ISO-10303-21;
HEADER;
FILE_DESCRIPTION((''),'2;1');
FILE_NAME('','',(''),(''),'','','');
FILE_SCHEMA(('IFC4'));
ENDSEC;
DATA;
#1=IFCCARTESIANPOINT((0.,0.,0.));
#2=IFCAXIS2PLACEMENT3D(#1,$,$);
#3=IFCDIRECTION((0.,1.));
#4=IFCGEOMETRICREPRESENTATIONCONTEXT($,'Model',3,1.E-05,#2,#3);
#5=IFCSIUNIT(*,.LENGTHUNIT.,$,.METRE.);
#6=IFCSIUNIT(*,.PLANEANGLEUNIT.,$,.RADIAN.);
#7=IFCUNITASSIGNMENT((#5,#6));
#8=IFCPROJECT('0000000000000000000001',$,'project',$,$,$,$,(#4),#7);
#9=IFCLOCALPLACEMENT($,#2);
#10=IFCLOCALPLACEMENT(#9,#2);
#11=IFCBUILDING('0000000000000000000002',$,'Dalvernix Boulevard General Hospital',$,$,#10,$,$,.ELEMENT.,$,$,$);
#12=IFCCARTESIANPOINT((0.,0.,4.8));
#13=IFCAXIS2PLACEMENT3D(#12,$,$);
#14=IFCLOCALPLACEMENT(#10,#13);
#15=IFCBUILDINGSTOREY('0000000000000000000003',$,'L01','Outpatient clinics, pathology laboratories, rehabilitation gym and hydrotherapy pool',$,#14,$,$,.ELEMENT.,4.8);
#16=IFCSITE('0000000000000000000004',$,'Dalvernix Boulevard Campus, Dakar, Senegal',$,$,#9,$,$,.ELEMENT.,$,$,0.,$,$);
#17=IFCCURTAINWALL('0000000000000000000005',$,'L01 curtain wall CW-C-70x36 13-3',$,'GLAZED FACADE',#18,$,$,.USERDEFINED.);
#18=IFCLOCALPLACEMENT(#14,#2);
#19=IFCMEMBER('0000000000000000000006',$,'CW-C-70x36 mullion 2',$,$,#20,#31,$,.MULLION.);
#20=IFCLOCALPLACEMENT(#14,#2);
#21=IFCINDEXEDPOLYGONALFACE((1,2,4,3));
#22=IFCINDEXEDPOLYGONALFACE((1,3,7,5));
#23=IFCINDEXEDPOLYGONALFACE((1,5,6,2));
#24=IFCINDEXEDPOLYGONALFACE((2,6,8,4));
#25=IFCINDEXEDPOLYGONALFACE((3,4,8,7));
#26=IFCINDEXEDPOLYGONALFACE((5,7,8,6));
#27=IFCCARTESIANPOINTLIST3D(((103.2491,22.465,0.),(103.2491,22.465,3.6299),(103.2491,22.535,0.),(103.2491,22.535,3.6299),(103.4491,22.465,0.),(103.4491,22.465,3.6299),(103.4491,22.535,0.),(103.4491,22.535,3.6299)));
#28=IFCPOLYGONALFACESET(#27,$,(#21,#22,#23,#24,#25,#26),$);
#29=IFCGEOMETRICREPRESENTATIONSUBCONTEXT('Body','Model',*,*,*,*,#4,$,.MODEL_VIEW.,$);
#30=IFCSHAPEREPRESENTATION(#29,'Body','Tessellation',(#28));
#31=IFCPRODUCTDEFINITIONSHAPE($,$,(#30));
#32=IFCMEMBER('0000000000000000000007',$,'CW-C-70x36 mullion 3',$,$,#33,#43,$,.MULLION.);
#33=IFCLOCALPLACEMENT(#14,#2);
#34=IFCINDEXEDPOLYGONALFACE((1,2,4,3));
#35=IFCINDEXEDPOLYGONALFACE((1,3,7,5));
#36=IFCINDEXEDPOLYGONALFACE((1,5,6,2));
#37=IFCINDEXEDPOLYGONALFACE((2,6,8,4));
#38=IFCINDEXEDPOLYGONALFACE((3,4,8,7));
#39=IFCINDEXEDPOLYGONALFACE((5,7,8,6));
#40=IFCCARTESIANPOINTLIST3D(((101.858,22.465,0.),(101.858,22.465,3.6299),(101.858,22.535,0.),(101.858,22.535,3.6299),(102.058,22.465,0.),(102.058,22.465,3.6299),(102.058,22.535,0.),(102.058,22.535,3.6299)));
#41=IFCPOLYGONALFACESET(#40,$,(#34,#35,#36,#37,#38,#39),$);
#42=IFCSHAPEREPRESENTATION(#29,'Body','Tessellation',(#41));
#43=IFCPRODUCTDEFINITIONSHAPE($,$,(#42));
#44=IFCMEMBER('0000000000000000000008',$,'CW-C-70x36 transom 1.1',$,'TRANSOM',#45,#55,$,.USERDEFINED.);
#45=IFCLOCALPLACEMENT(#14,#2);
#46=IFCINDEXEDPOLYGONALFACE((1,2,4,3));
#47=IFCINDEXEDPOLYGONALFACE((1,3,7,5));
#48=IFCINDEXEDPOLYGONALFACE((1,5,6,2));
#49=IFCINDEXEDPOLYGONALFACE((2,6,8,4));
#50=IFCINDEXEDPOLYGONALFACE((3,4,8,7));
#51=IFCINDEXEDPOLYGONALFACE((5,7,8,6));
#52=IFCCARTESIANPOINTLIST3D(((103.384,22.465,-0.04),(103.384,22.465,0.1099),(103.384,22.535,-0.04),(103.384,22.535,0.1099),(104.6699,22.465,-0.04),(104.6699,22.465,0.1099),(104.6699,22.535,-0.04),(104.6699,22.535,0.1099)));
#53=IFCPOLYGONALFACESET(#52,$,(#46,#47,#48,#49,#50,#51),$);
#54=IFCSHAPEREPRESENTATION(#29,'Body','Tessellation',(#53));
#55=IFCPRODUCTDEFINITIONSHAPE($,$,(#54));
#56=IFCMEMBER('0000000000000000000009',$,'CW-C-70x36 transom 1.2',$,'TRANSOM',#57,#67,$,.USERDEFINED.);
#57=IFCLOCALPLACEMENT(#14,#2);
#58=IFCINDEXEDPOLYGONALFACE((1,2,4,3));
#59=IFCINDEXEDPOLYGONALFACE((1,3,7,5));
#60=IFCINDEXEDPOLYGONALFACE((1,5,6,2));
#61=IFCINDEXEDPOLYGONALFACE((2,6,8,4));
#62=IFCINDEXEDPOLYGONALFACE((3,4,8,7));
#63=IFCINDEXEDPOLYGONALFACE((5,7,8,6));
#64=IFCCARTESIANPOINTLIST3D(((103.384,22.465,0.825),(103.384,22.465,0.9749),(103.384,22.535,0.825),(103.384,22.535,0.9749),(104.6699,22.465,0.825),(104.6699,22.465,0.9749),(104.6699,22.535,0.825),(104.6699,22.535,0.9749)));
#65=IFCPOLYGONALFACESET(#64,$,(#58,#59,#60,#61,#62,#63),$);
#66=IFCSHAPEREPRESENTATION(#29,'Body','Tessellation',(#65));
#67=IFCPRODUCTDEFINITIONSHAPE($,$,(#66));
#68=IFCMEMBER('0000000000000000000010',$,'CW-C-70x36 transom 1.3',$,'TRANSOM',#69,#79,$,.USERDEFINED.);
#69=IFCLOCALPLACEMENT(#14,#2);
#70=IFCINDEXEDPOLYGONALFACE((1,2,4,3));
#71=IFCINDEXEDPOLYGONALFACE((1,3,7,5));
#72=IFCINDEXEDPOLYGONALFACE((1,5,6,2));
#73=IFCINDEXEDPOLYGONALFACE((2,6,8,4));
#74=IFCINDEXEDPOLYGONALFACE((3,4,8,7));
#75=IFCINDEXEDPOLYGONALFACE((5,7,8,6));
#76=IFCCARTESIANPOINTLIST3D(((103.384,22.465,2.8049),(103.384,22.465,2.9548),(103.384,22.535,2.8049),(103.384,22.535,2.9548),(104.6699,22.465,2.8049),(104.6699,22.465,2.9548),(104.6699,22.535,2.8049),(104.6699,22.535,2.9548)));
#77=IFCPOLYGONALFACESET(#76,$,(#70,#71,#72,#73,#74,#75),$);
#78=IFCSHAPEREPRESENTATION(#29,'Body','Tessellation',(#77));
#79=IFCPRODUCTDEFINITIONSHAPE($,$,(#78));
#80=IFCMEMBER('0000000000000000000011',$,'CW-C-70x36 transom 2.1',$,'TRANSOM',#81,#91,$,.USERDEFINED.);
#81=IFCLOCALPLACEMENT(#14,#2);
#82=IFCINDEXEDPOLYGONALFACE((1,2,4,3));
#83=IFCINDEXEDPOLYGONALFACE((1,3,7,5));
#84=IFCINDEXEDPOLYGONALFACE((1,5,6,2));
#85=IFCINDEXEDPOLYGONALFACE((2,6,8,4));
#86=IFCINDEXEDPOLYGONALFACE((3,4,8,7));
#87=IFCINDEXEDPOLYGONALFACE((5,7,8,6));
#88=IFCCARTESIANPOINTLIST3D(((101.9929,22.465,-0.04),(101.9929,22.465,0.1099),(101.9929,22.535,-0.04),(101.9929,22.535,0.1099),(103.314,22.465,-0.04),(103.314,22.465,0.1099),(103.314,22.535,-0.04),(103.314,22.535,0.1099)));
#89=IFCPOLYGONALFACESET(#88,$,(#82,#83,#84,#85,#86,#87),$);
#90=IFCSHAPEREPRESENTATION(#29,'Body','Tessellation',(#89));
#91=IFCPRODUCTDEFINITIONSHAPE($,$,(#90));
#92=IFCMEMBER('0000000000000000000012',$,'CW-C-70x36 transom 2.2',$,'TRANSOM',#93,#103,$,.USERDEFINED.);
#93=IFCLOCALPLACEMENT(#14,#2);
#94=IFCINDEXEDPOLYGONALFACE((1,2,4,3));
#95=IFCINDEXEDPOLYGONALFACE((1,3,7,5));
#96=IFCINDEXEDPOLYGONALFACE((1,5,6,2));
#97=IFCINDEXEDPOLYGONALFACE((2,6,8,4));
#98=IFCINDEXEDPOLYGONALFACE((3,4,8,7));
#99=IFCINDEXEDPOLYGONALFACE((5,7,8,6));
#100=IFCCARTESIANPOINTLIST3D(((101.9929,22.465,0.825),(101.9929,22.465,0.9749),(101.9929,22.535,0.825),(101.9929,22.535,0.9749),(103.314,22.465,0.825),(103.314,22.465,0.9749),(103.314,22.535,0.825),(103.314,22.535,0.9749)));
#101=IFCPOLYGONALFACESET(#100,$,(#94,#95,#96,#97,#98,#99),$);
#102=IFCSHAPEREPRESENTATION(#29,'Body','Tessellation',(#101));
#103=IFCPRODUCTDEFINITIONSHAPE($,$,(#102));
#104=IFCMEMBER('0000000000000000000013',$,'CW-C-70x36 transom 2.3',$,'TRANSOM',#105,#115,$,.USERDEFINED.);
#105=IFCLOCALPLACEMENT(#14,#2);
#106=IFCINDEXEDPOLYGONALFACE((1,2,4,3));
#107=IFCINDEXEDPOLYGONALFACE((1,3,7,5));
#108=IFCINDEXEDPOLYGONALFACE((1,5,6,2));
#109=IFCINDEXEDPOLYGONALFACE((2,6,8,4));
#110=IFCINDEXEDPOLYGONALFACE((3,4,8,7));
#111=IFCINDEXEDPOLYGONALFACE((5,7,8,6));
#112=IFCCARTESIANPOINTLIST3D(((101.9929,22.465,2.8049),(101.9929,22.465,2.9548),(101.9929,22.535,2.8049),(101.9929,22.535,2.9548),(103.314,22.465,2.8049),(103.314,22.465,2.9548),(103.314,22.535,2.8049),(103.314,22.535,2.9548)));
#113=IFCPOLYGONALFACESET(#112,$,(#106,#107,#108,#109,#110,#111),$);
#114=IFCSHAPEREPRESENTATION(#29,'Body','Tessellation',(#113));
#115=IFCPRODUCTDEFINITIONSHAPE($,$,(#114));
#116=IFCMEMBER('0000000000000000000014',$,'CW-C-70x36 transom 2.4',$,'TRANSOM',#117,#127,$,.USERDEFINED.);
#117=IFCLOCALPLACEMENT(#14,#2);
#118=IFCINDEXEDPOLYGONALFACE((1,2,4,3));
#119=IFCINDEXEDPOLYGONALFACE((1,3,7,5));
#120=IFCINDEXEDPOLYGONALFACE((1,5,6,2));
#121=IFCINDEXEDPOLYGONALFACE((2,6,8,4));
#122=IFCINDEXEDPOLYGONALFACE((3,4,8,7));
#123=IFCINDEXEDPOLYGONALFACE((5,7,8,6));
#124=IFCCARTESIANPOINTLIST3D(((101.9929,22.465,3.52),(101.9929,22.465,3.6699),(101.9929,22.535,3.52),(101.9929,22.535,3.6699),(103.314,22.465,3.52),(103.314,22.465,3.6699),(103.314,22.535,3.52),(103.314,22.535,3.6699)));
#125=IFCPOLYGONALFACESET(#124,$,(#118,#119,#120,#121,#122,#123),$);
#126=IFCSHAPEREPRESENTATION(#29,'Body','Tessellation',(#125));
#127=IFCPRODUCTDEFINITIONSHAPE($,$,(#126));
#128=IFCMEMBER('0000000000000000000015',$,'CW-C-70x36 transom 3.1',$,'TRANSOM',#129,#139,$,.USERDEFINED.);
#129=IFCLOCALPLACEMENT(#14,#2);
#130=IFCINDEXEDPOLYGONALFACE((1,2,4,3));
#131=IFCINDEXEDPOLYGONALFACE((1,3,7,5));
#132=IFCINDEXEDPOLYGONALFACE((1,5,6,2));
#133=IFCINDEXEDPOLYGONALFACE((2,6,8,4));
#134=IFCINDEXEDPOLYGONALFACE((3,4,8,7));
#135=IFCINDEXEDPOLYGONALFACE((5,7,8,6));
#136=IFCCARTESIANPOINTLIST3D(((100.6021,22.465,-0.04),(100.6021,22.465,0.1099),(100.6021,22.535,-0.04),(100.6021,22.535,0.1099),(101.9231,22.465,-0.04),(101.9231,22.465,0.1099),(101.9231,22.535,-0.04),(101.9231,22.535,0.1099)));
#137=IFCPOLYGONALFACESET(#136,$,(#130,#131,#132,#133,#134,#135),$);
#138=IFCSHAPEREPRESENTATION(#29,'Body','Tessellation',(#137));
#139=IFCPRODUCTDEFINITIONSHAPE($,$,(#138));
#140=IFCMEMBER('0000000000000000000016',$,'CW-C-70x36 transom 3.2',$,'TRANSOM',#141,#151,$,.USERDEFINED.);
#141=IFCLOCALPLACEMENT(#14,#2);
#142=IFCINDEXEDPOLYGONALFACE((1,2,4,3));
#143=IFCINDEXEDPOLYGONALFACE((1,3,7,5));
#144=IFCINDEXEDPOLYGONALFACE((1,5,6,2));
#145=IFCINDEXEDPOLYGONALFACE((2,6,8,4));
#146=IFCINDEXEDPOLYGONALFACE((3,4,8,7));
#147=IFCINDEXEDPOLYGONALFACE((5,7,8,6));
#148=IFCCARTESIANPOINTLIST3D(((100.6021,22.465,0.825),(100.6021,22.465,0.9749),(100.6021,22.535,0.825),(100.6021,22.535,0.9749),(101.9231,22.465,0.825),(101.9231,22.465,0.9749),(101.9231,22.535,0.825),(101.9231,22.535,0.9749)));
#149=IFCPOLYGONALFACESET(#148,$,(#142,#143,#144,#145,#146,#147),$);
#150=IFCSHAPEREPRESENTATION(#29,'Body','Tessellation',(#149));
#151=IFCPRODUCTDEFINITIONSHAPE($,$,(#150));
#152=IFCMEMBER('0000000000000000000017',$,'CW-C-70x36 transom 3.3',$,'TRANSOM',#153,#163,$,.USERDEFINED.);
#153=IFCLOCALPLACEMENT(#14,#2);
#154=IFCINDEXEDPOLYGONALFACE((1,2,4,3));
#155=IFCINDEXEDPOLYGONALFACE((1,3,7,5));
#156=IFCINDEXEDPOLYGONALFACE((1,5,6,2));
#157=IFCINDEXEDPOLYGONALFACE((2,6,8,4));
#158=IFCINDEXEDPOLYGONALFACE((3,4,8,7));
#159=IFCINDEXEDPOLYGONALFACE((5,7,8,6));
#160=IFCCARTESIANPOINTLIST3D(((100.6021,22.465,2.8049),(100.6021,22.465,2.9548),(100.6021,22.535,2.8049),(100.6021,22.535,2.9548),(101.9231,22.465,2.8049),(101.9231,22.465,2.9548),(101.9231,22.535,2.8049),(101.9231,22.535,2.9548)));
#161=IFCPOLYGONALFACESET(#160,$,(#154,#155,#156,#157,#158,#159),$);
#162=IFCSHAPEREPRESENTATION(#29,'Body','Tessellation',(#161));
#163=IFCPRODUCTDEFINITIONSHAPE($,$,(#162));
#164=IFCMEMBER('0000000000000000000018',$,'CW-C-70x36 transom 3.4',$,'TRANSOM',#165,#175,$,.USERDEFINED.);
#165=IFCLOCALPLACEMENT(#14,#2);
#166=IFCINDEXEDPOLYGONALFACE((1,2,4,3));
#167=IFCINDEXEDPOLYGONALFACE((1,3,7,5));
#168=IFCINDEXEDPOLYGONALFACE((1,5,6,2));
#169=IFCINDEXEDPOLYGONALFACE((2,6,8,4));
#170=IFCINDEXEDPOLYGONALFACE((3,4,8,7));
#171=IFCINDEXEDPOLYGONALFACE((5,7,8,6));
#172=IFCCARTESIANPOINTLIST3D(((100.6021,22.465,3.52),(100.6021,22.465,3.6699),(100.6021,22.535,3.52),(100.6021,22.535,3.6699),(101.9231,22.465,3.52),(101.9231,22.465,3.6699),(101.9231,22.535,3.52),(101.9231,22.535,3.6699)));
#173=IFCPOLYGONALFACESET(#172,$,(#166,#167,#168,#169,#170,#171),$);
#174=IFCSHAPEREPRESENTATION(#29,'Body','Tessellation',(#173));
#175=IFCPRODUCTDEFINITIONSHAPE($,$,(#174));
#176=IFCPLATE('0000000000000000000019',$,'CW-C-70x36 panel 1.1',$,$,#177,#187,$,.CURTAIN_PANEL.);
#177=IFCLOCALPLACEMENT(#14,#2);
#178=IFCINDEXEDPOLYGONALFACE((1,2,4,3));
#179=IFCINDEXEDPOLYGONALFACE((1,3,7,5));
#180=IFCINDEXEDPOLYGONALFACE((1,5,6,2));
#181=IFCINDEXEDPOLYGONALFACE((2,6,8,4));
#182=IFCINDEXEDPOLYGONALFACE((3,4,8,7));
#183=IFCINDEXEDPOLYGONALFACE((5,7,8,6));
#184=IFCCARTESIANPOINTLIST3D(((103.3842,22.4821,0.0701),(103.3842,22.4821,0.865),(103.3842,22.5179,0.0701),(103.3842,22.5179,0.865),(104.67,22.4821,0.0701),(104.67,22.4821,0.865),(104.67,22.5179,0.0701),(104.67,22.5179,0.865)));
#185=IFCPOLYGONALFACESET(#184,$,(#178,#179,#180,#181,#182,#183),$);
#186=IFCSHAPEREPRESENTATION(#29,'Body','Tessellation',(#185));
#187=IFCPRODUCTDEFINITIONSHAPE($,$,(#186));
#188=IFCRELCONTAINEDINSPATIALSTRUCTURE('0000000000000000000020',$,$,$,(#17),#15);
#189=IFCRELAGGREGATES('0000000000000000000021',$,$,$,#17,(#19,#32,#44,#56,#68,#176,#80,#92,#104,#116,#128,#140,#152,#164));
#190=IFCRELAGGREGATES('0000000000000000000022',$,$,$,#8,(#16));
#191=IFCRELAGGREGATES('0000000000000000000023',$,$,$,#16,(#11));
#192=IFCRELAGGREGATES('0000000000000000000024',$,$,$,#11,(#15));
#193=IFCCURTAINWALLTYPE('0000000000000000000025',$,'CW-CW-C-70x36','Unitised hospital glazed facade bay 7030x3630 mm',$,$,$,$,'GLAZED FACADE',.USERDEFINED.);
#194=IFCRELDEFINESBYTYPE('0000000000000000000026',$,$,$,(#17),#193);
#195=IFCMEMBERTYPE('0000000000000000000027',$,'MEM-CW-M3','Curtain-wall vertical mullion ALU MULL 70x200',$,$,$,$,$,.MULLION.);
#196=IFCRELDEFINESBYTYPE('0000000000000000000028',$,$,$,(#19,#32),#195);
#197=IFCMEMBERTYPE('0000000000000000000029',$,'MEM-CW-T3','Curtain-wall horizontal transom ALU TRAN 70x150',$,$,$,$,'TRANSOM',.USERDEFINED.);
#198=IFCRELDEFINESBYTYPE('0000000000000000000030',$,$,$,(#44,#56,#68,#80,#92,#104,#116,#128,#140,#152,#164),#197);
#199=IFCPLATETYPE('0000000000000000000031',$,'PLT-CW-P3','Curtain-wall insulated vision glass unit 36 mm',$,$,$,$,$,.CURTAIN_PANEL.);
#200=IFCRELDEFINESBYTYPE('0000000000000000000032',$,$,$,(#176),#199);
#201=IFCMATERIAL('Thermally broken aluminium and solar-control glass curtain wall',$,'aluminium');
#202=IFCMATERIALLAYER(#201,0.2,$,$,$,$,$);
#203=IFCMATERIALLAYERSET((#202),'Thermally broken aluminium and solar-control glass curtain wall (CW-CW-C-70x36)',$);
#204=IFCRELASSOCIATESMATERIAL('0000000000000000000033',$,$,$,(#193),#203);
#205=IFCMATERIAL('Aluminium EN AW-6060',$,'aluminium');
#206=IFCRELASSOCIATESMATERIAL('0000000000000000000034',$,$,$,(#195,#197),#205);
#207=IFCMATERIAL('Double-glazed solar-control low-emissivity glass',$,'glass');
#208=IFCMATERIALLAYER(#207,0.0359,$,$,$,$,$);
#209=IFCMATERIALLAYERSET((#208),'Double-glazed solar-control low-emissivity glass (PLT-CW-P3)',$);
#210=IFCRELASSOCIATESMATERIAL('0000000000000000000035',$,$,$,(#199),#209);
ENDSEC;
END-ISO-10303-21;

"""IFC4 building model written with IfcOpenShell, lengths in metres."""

from ifc_helpers import new_model, si_unit, direction, frame, origin, origin_2d, place, context, subcontext, project, spatial, rectangle, extrude, material, layer, layer_set, material_profile, profile_set, type_object, element, aggregate, save


model = new_model("IFC4")

# Units and contexts
model_context = context("Model", 3, precision=1e-05, world=origin(), true_north=direction((0.0, 1.0)))
body_context = subcontext(model_context, "Body", "Model", "MODEL_VIEW")
ifc_project = project(units=[si_unit("LENGTHUNIT", "METRE"), si_unit("PLANEANGLEUNIT", "RADIAN")], contexts=[model_context])

# Site, building, storey
site_placement = place(None, origin())
site = spatial("IfcSite", under=ifc_project, at=site_placement, Name="Dalvernix Boulevard Campus, Dakar, Senegal", CompositionType="ELEMENT", RefElevation=0.0)
building_placement = place(site_placement, origin())
building = spatial("IfcBuilding", under=site, at=building_placement, Name="Dalvernix Boulevard General Hospital", CompositionType="ELEMENT")
storey_placement = place(building_placement, frame((0.0, 0.0, 4.8)))
storey = spatial("IfcBuildingStorey", under=building, at=storey_placement, Name="L01", Description="Outpatient clinics, pathology laboratories, rehabilitation gym and hydrotherapy pool", CompositionType="ELEMENT", Elevation=4.8)

# Curtain wall, members, plate
ifc_material_1 = material(Name="Thermally broken aluminium and solar-control glass curtain wall", Category="aluminium")
ifc_layer_1 = layer(ifc_material_1, 0.2)
ifc_layer_set_1 = layer_set([ifc_layer_1], Name="Thermally broken aluminium and solar-control glass curtain wall (CW-CW-C-70x36)")
curtain_wall_type = type_object("IfcCurtainWallType", Name="CW-CW-C-70x36", Description="Unitised hospital glazed facade bay 7030x3630 mm", ElementType="GLAZED FACADE", PredefinedType="USERDEFINED", material=ifc_layer_set_1)
curtain_wall_placement = place(storey_placement, origin())
curtain_wall = element("IfcCurtainWall", 1, at=curtain_wall_placement, inside=storey, type_object=curtain_wall_type, Name="L01 curtain wall CW-C-70x36 13-3", ObjectType="GLAZED FACADE", PredefinedType="USERDEFINED")
ifc_material_2 = material(Name="Aluminium EN AW-6060", Category="aluminium")
ifc_material_profile_1 = material_profile(ifc_material_2, rectangle(XDim=0.0701, YDim=0.2, at=origin_2d()), Name="ALU MULL 70x200")
ifc_profile_set_1 = profile_set([ifc_material_profile_1], Name="Aluminium EN AW-6060")
member_type_1 = type_object("IfcMemberType", Name="MEM-CW-M3", Description="Curtain-wall vertical mullion ALU MULL 70x200", PredefinedType="MULLION", material=ifc_profile_set_1)
member_1_placement = place(storey_placement, frame((103.3491, 22.5, 0.0), z_axis=(0.0, 0.0, 1.0), x_axis=(0.0, -1.0, 0.0)))
member_1 = element("IfcMember", 2, at=member_1_placement, type_object=member_type_1, Name="CW-C-70x36 mullion 2", PredefinedType="MULLION", context=body_context, shape_type="SweptSolid", body=[
    extrude(rectangle(XDim=0.0701, YDim=0.2, at=origin_2d()), origin(), (0.0, 0.0, 1.0), 3.6299),
])
member_2_placement = place(storey_placement, frame((101.958, 22.5, 0.0), z_axis=(0.0, 0.0, 1.0), x_axis=(0.0, -1.0, 0.0)))
member_2 = element("IfcMember", 3, at=member_2_placement, type_object=member_type_1, Name="CW-C-70x36 mullion 3", PredefinedType="MULLION", context=body_context, shape_type="SweptSolid", body=[
    extrude(rectangle(XDim=0.0701, YDim=0.2, at=origin_2d()), origin(), (0.0, 0.0, 1.0), 3.6299),
])
ifc_material_profile_2 = material_profile(ifc_material_2, rectangle(XDim=0.0701, YDim=0.1499, at=origin_2d()), Name="ALU TRAN 70x150")
ifc_profile_set_2 = profile_set([ifc_material_profile_2], Name="Aluminium EN AW-6060")
member_type_2 = type_object("IfcMemberType", Name="MEM-CW-T3", Description="Curtain-wall horizontal transom ALU TRAN 70x150", ElementType="TRANSOM", PredefinedType="USERDEFINED", material=ifc_profile_set_2)
member_3_placement = place(storey_placement, frame((104.6699, 22.5, 0.0349), z_axis=(-1.0, 0.0, 0.0), x_axis=(0.0, -1.0, 0.0)))
member_3 = element("IfcMember", 4, at=member_3_placement, type_object=member_type_2, Name="CW-C-70x36 transom 1.1", ObjectType="TRANSOM", PredefinedType="USERDEFINED", context=body_context, shape_type="SweptSolid", body=[
    extrude(rectangle(XDim=0.0701, YDim=0.1499, at=origin_2d()), origin(), (0.0, 0.0, 1.0), 1.2859),
])
member_4_placement = place(storey_placement, frame((104.6699, 22.5, 0.8999), z_axis=(-1.0, 0.0, 0.0), x_axis=(0.0, -1.0, 0.0)))
member_4 = element("IfcMember", 5, at=member_4_placement, type_object=member_type_2, Name="CW-C-70x36 transom 1.2", ObjectType="TRANSOM", PredefinedType="USERDEFINED", context=body_context, shape_type="SweptSolid", body=[
    extrude(rectangle(XDim=0.0701, YDim=0.1499, at=origin_2d()), origin(), (0.0, 0.0, 1.0), 1.2859),
])
member_5_placement = place(storey_placement, frame((104.6699, 22.5, 2.8799), z_axis=(-1.0, 0.0, 0.0), x_axis=(0.0, -1.0, 0.0)))
member_5 = element("IfcMember", 6, at=member_5_placement, type_object=member_type_2, Name="CW-C-70x36 transom 1.3", ObjectType="TRANSOM", PredefinedType="USERDEFINED", context=body_context, shape_type="SweptSolid", body=[
    extrude(rectangle(XDim=0.0701, YDim=0.1499, at=origin_2d()), origin(), (0.0, 0.0, 1.0), 1.2859),
])
member_6_placement = place(storey_placement, frame((103.314, 22.5, 0.0349), z_axis=(-1.0, 0.0, 0.0), x_axis=(0.0, -1.0, 0.0)))
member_6 = element("IfcMember", 7, at=member_6_placement, type_object=member_type_2, Name="CW-C-70x36 transom 2.1", ObjectType="TRANSOM", PredefinedType="USERDEFINED", context=body_context, shape_type="SweptSolid", body=[
    extrude(rectangle(XDim=0.0701, YDim=0.1499, at=origin_2d()), origin(), (0.0, 0.0, 1.0), 1.321),
])
member_7_placement = place(storey_placement, frame((103.314, 22.5, 0.8999), z_axis=(-1.0, 0.0, 0.0), x_axis=(0.0, -1.0, 0.0)))
member_7 = element("IfcMember", 8, at=member_7_placement, type_object=member_type_2, Name="CW-C-70x36 transom 2.2", ObjectType="TRANSOM", PredefinedType="USERDEFINED", context=body_context, shape_type="SweptSolid", body=[
    extrude(rectangle(XDim=0.0701, YDim=0.1499, at=origin_2d()), origin(), (0.0, 0.0, 1.0), 1.321),
])
member_8_placement = place(storey_placement, frame((103.314, 22.5, 2.8799), z_axis=(-1.0, 0.0, 0.0), x_axis=(0.0, -1.0, 0.0)))
member_8 = element("IfcMember", 9, at=member_8_placement, type_object=member_type_2, Name="CW-C-70x36 transom 2.3", ObjectType="TRANSOM", PredefinedType="USERDEFINED", context=body_context, shape_type="SweptSolid", body=[
    extrude(rectangle(XDim=0.0701, YDim=0.1499, at=origin_2d()), origin(), (0.0, 0.0, 1.0), 1.321),
])
member_9_placement = place(storey_placement, frame((103.314, 22.5, 3.595), z_axis=(-1.0, 0.0, 0.0), x_axis=(0.0, -1.0, 0.0)))
member_9 = element("IfcMember", 10, at=member_9_placement, type_object=member_type_2, Name="CW-C-70x36 transom 2.4", ObjectType="TRANSOM", PredefinedType="USERDEFINED", context=body_context, shape_type="SweptSolid", body=[
    extrude(rectangle(XDim=0.0701, YDim=0.1499, at=origin_2d()), origin(), (0.0, 0.0, 1.0), 1.321),
])
member_10_placement = place(storey_placement, frame((101.9231, 22.5, 0.0349), z_axis=(-1.0, 0.0, 0.0), x_axis=(0.0, -1.0, 0.0)))
member_10 = element("IfcMember", 11, at=member_10_placement, type_object=member_type_2, Name="CW-C-70x36 transom 3.1", ObjectType="TRANSOM", PredefinedType="USERDEFINED", context=body_context, shape_type="SweptSolid", body=[
    extrude(rectangle(XDim=0.0701, YDim=0.1499, at=origin_2d()), origin(), (0.0, 0.0, 1.0), 1.321),
])
member_11_placement = place(storey_placement, frame((101.9231, 22.5, 0.8999), z_axis=(-1.0, 0.0, 0.0), x_axis=(0.0, -1.0, 0.0)))
member_11 = element("IfcMember", 12, at=member_11_placement, type_object=member_type_2, Name="CW-C-70x36 transom 3.2", ObjectType="TRANSOM", PredefinedType="USERDEFINED", context=body_context, shape_type="SweptSolid", body=[
    extrude(rectangle(XDim=0.0701, YDim=0.1499, at=origin_2d()), origin(), (0.0, 0.0, 1.0), 1.321),
])
member_12_placement = place(storey_placement, frame((101.9231, 22.5, 2.8799), z_axis=(-1.0, 0.0, 0.0), x_axis=(0.0, -1.0, 0.0)))
member_12 = element("IfcMember", 13, at=member_12_placement, type_object=member_type_2, Name="CW-C-70x36 transom 3.3", ObjectType="TRANSOM", PredefinedType="USERDEFINED", context=body_context, shape_type="SweptSolid", body=[
    extrude(rectangle(XDim=0.0701, YDim=0.1499, at=origin_2d()), origin(), (0.0, 0.0, 1.0), 1.321),
])
member_13_placement = place(storey_placement, frame((101.9231, 22.5, 3.595), z_axis=(-1.0, 0.0, 0.0), x_axis=(0.0, -1.0, 0.0)))
member_13 = element("IfcMember", 14, at=member_13_placement, type_object=member_type_2, Name="CW-C-70x36 transom 3.4", ObjectType="TRANSOM", PredefinedType="USERDEFINED", context=body_context, shape_type="SweptSolid", body=[
    extrude(rectangle(XDim=0.0701, YDim=0.1499, at=origin_2d()), origin(), (0.0, 0.0, 1.0), 1.321),
])
ifc_material_3 = material(Name="Double-glazed solar-control low-emissivity glass", Category="glass")
ifc_layer_2 = layer(ifc_material_3, 0.0359)
ifc_layer_set_2 = layer_set([ifc_layer_2], Name="Double-glazed solar-control low-emissivity glass (PLT-CW-P3)")
plate_type = type_object("IfcPlateType", Name="PLT-CW-P3", Description="Curtain-wall insulated vision glass unit 36 mm", PredefinedType="CURTAIN_PANEL", material=ifc_layer_set_2)
plate_1_placement = place(storey_placement, frame((104.0271, 22.5, 0.0701), z_axis=(0.0, 0.0, 1.0), x_axis=(-1.0, 0.0, 0.0)))
plate_1 = element("IfcPlate", 15, at=plate_1_placement, type_object=plate_type, Name="CW-C-70x36 panel 1.1", PredefinedType="CURTAIN_PANEL", context=body_context, shape_type="SweptSolid", body=[
    extrude(rectangle(XDim=1.2859, YDim=0.0359, at=origin_2d()), origin(), (0.0, 0.0, 1.0), 0.7949),
])
aggregate(curtain_wall, [member_1, member_2, member_3, member_4, member_5, plate_1, member_6, member_7, member_8, member_9, member_10, member_11, member_12, member_13])

save(model, "model.ifc")
